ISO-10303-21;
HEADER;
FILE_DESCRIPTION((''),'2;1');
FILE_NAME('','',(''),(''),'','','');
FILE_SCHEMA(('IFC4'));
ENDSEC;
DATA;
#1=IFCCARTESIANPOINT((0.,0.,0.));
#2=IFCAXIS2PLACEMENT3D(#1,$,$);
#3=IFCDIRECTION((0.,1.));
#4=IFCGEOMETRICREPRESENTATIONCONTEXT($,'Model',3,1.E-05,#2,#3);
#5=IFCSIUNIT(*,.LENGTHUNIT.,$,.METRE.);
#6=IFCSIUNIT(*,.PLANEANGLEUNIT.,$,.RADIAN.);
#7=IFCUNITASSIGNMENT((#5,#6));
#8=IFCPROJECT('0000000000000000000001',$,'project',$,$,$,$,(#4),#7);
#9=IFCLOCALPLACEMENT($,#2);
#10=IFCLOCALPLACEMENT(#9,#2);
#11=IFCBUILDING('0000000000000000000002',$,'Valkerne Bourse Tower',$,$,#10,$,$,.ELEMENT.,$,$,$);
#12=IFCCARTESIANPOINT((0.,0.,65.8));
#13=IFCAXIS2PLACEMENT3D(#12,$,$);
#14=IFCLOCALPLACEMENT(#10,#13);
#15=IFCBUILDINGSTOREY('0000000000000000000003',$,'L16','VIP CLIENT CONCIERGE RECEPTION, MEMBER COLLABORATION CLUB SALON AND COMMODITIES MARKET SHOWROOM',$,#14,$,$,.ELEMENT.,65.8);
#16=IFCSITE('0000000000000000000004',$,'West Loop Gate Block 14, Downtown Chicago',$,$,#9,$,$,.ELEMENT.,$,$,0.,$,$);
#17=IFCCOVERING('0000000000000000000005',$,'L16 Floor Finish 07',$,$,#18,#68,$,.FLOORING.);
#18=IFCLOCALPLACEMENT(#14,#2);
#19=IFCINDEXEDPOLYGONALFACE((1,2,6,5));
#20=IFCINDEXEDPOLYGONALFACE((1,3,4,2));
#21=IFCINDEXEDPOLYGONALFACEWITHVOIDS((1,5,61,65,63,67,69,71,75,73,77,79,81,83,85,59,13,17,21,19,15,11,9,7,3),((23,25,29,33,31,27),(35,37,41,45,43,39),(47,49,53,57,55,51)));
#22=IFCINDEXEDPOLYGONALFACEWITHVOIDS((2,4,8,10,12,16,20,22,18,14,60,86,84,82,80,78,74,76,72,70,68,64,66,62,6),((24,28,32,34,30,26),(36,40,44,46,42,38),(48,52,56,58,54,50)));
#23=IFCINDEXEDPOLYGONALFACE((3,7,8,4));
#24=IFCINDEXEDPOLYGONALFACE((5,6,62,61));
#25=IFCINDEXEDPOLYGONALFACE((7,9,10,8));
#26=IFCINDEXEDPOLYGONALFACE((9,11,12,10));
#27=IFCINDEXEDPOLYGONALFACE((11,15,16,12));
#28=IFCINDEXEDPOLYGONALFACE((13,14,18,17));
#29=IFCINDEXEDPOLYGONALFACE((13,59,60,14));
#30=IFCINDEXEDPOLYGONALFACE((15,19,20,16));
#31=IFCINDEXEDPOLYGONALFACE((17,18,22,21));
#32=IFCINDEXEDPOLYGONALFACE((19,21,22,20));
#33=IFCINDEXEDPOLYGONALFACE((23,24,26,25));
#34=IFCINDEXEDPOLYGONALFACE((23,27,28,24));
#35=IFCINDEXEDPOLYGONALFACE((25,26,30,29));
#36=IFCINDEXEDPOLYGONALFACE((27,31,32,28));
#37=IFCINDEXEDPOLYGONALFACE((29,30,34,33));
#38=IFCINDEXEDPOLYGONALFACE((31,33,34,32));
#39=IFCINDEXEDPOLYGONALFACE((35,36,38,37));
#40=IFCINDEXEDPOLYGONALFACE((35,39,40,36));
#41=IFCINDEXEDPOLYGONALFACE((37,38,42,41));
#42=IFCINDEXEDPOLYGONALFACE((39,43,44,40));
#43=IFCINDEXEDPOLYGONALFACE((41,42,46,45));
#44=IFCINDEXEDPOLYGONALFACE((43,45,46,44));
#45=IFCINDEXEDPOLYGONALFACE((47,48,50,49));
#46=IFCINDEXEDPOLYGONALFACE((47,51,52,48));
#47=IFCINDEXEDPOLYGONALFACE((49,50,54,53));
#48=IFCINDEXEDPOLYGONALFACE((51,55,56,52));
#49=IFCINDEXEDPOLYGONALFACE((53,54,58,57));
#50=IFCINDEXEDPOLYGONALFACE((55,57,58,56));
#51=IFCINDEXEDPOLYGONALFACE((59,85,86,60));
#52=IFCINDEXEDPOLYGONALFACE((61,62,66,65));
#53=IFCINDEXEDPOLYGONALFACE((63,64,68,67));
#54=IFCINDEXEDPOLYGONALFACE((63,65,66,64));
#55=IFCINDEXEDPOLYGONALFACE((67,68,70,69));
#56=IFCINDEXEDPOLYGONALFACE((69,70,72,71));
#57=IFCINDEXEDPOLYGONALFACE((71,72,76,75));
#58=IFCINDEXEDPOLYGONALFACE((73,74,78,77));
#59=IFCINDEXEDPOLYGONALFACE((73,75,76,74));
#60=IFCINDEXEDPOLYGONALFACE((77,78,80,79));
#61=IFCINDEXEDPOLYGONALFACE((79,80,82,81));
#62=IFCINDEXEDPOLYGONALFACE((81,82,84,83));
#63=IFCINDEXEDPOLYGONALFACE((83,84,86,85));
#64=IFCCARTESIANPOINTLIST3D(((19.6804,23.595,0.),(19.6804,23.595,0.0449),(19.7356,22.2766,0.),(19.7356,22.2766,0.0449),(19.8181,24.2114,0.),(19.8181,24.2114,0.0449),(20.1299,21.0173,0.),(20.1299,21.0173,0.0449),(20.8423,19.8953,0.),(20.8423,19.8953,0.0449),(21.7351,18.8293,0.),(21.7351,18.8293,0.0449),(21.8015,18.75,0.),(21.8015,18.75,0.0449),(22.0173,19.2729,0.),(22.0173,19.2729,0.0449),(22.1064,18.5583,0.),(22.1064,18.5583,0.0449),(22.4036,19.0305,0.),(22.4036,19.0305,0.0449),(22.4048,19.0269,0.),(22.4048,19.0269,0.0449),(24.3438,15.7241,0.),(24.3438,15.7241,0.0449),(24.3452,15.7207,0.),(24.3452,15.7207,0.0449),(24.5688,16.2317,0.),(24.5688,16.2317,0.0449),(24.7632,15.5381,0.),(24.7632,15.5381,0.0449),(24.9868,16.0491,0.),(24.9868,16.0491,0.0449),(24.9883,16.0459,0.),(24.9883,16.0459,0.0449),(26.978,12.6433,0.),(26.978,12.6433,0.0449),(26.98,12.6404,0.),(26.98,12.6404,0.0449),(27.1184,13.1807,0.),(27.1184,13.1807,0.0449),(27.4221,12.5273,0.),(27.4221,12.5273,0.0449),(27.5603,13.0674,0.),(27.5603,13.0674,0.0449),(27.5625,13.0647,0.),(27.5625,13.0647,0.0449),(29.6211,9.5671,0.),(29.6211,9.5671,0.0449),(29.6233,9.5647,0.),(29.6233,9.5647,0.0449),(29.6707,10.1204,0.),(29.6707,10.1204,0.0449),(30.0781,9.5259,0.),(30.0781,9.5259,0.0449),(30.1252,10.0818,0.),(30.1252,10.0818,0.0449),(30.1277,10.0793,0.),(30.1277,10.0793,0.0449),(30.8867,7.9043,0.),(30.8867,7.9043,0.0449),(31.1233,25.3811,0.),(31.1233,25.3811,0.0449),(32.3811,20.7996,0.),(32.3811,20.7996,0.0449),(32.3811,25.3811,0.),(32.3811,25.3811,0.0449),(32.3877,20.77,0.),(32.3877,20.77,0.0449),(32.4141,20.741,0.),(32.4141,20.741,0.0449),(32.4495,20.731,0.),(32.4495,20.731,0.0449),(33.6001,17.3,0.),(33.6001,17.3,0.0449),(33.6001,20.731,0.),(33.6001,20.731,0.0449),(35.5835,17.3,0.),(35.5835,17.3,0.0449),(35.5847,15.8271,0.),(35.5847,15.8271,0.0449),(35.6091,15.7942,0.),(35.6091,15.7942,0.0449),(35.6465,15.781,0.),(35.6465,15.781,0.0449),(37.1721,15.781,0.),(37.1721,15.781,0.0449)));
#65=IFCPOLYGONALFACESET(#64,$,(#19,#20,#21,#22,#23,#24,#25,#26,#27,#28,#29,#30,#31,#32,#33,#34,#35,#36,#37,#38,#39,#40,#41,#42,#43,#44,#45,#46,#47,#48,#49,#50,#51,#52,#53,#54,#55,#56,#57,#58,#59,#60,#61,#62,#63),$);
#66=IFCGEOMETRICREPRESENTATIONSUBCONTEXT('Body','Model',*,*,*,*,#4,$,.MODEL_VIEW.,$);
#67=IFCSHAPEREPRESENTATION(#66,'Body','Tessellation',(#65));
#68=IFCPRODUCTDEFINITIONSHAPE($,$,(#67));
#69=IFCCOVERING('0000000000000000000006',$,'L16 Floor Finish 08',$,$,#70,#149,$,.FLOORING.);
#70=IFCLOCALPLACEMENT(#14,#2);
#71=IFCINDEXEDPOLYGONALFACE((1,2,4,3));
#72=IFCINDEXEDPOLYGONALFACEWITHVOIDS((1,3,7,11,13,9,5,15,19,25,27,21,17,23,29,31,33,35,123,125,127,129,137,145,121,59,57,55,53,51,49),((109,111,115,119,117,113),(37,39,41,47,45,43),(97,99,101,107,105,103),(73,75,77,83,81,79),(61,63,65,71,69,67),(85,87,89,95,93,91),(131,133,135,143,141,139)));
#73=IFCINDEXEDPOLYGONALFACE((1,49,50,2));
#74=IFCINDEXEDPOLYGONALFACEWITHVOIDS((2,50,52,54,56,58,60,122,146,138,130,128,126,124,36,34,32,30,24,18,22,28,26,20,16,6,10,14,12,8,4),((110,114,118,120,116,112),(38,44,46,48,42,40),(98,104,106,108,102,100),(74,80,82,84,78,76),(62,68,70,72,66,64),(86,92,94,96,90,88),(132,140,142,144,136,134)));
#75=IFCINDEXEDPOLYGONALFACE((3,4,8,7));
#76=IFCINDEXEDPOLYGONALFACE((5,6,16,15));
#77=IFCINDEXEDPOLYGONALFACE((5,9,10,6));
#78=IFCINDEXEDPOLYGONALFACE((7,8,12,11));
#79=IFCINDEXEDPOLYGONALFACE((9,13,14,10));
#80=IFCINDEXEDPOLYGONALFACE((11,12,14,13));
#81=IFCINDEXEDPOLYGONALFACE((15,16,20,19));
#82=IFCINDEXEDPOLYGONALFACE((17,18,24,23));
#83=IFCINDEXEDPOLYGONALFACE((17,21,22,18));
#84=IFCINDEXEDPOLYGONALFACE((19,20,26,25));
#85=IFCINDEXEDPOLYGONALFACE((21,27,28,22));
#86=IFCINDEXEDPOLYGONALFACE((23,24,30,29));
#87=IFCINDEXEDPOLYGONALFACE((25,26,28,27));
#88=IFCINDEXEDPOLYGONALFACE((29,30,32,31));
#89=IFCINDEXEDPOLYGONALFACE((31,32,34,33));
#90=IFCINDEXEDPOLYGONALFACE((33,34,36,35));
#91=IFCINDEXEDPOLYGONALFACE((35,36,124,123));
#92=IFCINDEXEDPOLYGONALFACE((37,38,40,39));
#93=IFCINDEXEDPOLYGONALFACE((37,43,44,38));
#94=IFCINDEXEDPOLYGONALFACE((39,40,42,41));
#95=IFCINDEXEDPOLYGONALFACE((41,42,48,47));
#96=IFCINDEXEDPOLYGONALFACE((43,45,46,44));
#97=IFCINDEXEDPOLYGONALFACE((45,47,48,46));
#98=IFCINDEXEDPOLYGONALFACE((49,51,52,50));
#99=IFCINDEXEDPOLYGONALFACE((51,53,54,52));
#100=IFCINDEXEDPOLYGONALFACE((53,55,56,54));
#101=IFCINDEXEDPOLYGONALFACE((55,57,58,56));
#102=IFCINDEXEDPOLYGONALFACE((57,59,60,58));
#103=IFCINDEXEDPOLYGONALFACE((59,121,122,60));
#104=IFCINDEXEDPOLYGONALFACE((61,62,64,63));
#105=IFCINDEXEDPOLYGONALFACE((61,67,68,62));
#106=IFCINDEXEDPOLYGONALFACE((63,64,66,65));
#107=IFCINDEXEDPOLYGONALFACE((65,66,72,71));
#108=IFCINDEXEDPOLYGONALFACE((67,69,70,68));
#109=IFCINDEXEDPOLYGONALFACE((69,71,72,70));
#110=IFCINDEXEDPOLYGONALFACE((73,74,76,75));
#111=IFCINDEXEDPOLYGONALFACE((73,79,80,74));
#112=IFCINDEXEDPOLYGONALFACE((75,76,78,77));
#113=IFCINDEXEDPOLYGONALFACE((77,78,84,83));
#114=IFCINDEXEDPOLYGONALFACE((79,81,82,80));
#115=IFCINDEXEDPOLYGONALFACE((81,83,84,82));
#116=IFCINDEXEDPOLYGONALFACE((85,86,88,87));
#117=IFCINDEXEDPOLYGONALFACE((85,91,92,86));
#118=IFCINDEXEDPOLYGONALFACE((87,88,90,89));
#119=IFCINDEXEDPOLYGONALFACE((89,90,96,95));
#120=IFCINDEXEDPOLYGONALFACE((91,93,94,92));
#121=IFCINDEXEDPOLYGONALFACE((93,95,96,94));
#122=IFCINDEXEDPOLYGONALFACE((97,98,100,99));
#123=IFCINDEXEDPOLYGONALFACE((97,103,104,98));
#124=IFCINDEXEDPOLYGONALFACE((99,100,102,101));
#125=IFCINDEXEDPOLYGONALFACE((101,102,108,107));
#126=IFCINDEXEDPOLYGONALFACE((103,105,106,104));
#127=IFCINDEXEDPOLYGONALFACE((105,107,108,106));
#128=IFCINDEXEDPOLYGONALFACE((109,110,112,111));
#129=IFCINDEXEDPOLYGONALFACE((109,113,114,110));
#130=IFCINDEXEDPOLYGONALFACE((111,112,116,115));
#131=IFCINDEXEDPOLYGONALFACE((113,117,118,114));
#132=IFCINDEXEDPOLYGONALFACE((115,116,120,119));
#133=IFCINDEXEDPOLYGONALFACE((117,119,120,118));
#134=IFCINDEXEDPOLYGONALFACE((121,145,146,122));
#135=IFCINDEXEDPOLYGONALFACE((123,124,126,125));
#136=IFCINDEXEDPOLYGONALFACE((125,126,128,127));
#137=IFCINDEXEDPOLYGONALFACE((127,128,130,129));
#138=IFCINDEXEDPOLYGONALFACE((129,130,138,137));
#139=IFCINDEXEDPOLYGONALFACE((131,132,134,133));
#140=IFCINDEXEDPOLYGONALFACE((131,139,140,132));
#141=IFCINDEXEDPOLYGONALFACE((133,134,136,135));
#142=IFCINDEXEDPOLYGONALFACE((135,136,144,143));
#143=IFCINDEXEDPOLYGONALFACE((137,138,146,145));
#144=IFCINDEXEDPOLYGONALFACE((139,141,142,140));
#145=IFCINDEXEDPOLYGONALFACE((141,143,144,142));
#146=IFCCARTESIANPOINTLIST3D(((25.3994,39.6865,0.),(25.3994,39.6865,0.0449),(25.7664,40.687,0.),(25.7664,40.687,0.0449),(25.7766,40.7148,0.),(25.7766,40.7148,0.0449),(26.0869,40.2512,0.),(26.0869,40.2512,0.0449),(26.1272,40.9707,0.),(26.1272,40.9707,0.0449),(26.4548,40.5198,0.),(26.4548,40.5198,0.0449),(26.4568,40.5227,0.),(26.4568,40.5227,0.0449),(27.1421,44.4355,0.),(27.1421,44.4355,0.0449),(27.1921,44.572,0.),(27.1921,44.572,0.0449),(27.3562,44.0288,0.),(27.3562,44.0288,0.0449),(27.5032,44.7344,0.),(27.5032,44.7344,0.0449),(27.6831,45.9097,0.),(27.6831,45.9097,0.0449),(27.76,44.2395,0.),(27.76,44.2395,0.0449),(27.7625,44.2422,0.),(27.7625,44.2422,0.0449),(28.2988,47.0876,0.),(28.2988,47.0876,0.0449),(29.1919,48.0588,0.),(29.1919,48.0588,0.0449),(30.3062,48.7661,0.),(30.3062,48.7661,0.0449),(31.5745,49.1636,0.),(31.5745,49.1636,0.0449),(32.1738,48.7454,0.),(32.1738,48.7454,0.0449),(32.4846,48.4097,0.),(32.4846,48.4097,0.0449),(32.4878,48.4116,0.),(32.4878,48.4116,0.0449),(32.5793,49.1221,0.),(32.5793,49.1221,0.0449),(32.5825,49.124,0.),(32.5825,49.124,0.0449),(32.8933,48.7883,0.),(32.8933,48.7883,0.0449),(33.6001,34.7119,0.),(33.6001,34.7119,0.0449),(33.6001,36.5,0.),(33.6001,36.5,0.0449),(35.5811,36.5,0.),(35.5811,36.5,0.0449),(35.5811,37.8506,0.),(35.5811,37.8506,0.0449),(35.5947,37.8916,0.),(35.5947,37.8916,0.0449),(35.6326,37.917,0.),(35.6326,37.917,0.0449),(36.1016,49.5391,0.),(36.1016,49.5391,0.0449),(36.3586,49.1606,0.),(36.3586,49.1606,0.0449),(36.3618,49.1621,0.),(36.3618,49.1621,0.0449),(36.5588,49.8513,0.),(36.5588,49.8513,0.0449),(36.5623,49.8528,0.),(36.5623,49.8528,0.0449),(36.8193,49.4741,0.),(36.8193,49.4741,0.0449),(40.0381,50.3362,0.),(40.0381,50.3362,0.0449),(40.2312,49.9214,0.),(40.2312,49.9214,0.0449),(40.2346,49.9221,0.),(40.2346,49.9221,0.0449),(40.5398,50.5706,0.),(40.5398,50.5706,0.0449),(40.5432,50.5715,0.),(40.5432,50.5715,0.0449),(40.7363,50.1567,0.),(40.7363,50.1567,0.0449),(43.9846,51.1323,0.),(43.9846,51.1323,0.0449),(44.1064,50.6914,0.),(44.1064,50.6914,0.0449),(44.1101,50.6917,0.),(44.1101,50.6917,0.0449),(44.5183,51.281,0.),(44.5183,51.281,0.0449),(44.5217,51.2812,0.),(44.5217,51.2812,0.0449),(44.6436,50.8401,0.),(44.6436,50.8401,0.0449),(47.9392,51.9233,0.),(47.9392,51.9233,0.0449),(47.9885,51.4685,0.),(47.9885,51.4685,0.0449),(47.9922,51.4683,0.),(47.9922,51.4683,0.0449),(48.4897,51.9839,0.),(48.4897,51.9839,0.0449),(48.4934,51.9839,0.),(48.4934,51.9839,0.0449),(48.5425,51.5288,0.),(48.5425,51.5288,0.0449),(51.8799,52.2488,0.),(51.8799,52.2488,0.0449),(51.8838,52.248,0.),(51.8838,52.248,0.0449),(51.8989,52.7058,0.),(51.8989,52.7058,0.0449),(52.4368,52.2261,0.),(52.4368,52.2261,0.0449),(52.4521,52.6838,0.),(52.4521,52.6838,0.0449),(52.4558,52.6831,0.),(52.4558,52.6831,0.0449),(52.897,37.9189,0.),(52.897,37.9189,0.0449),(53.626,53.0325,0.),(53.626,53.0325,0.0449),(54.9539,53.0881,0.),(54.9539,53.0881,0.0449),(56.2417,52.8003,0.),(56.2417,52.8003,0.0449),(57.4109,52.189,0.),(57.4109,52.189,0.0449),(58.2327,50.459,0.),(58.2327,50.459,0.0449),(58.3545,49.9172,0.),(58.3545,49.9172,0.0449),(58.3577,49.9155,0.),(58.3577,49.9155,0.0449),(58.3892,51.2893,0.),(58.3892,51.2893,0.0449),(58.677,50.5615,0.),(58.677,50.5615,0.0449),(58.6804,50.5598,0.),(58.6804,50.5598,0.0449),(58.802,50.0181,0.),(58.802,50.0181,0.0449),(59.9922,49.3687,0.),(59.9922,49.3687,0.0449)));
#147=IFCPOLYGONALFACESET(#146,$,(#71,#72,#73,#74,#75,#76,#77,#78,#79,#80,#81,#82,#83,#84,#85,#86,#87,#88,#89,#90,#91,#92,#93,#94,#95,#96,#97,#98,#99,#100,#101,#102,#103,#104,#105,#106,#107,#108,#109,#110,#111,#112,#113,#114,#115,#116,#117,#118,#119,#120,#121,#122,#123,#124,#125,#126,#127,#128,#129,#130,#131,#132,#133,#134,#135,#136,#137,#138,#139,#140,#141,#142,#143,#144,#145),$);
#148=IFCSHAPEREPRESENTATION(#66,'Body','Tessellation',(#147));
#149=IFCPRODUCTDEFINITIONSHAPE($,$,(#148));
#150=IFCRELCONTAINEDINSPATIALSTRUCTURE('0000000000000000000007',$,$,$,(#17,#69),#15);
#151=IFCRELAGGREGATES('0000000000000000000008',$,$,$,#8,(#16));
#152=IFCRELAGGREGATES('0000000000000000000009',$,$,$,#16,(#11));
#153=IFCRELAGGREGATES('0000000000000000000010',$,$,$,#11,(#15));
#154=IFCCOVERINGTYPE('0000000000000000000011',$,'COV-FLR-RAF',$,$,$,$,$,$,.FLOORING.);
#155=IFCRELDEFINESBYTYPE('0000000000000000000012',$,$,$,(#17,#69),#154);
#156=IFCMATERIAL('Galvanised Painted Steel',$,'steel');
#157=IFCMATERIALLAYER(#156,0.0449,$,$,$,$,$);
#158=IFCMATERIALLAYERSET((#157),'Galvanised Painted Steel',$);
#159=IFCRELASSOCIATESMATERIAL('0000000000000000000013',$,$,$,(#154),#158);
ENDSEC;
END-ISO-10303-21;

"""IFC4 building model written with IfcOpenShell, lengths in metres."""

from ifc_helpers import new_model, si_unit, direction, frame, origin, place, context, subcontext, project, spatial, polyline, outline, extrude, material, layer, layer_set, type_object, element, save


model = new_model("IFC4")

# Units and contexts
model_context = context("Model", 3, precision=1e-05, world=origin(), true_north=direction((0.0, 1.0)))
body_context = subcontext(model_context, "Body", "Model", "MODEL_VIEW")
ifc_project = project(units=[si_unit("LENGTHUNIT", "METRE"), si_unit("PLANEANGLEUNIT", "RADIAN")], contexts=[model_context])

# Site, building, storey
site_placement = place(None, origin())
site = spatial("IfcSite", under=ifc_project, at=site_placement, Name="West Loop Gate Block 14, Downtown Chicago", CompositionType="ELEMENT", RefElevation=0.0)
building_placement = place(site_placement, origin())
building = spatial("IfcBuilding", under=site, at=building_placement, Name="Valkerne Bourse Tower", CompositionType="ELEMENT")
storey_placement = place(building_placement, frame((0.0, 0.0, 65.8)))
storey = spatial("IfcBuildingStorey", under=building, at=storey_placement, Name="L16", Description="VIP CLIENT CONCIERGE RECEPTION, MEMBER COLLABORATION CLUB SALON AND COMMODITIES MARKET SHOWROOM", CompositionType="ELEMENT", Elevation=65.8)

# Coverings
ifc_material_1 = material(Name="Galvanised Painted Steel", Category="steel")
ifc_layer_1 = layer(ifc_material_1, 0.0449)
ifc_layer_set_1 = layer_set([ifc_layer_1], Name="Galvanised Painted Steel")
covering_type_1 = type_object("IfcCoveringType", Name="COV-FLR-RAF", PredefinedType="FLOORING", material=ifc_layer_set_1)
covering_1_placement = place(storey_placement, origin())
element("IfcCovering", 1, at=covering_1_placement, inside=storey, type_object=covering_type_1, Name="L16 Floor Finish 07", PredefinedType="FLOORING", context=body_context, shape_type="SweptSolid", body=[
    extrude(outline(polyline([(19.7356, 22.2766), (19.6804, 23.595), (19.8181, 24.2114), (31.1233, 25.3811), (32.3811, 25.3811), (32.3811, 20.7996), (32.3877, 20.77), (32.4141, 20.741), (32.4495, 20.731), (33.6001, 20.731), (33.6001, 17.3), (35.5835, 17.3), (35.5847, 15.8271), (35.6091, 15.7942), (35.6465, 15.781), (37.1721, 15.781), (30.8867, 7.9043), (21.8015, 18.75), (22.1064, 18.5583), (22.4048, 19.0269), (22.4036, 19.0305), (22.0173, 19.2729), (21.7351, 18.8293), (20.8423, 19.8953), (20.1299, 21.0173), (19.7356, 22.2766)]), holes=[polyline([(30.1277, 10.0793), (30.1252, 10.0818), (29.6707, 10.1204), (29.6211, 9.5671), (29.6233, 9.5647), (30.0781, 9.5259), (30.1277, 10.0793)]), polyline([(27.5625, 13.0647), (27.5603, 13.0674), (27.1184, 13.1807), (26.978, 12.6433), (26.98, 12.6404), (27.4221, 12.5273), (27.5625, 13.0647)]), polyline([(24.9868, 16.0491), (24.5688, 16.2317), (24.3438, 15.7241), (24.3452, 15.7207), (24.7632, 15.5381), (24.9883, 16.0459), (24.9868, 16.0491)])]), origin(), (0.0, 0.0, 1.0), 0.0449),
])
covering_2_placement = place(storey_placement, origin())
element("IfcCovering", 2, at=covering_2_placement, inside=storey, type_object=covering_type_1, Name="L16 Floor Finish 08", PredefinedType="FLOORING", context=body_context, shape_type="SweptSolid", body=[
    extrude(outline(polyline([(29.1919, 48.0588), (30.3062, 48.7661), (31.5745, 49.1636), (53.626, 53.0325), (54.9539, 53.0881), (56.2417, 52.8003), (57.4109, 52.189), (58.3892, 51.2893), (59.9922, 49.3687), (52.897, 37.9189), (35.6326, 37.917), (35.5947, 37.8916), (35.5811, 37.8506), (35.5811, 36.5), (33.6001, 36.5), (33.6001, 34.7119), (25.3994, 39.6865), (25.7664, 40.687), (26.0869, 40.2512), (26.4548, 40.5198), (26.4568, 40.5227), (26.1272, 40.9707), (25.7766, 40.7148), (27.1421, 44.4355), (27.3562, 44.0288), (27.76, 44.2395), (27.7625, 44.2422), (27.5032, 44.7344), (27.1921, 44.572), (27.6831, 45.9097), (28.2988, 47.0876), (29.1919, 48.0588)]), holes=[polyline([(32.4878, 48.4116), (32.8933, 48.7883), (32.5825, 49.124), (32.5793, 49.1221), (32.1738, 48.7454), (32.4846, 48.4097), (32.4878, 48.4116)]), polyline([(36.3618, 49.1621), (36.8193, 49.4741), (36.5623, 49.8528), (36.5588, 49.8513), (36.1016, 49.5391), (36.3586, 49.1606), (36.3618, 49.1621)]), polyline([(40.2346, 49.9221), (40.7363, 50.1567), (40.5432, 50.5715), (40.5398, 50.5706), (40.0381, 50.3362), (40.2312, 49.9214), (40.2346, 49.9221)]), polyline([(44.6436, 50.8401), (44.5217, 51.2812), (44.5183, 51.281), (43.9846, 51.1323), (44.1064, 50.6914), (44.1101, 50.6917), (44.6436, 50.8401)]), polyline([(48.5425, 51.5288), (48.4934, 51.9839), (48.4897, 51.9839), (47.9392, 51.9233), (47.9885, 51.4685), (47.9922, 51.4683), (48.5425, 51.5288)]), polyline([(52.4558, 52.6831), (52.4521, 52.6838), (51.8989, 52.7058), (51.8799, 52.2488), (51.8838, 52.248), (52.4368, 52.2261), (52.4558, 52.6831)]), polyline([(58.802, 50.0181), (58.6804, 50.5598), (58.677, 50.5615), (58.2327, 50.459), (58.3545, 49.9172), (58.3577, 49.9155), (58.802, 50.0181)])]), origin(), (0.0, 0.0, 1.0), 0.0449),
])

save(model, "model.ifc")
